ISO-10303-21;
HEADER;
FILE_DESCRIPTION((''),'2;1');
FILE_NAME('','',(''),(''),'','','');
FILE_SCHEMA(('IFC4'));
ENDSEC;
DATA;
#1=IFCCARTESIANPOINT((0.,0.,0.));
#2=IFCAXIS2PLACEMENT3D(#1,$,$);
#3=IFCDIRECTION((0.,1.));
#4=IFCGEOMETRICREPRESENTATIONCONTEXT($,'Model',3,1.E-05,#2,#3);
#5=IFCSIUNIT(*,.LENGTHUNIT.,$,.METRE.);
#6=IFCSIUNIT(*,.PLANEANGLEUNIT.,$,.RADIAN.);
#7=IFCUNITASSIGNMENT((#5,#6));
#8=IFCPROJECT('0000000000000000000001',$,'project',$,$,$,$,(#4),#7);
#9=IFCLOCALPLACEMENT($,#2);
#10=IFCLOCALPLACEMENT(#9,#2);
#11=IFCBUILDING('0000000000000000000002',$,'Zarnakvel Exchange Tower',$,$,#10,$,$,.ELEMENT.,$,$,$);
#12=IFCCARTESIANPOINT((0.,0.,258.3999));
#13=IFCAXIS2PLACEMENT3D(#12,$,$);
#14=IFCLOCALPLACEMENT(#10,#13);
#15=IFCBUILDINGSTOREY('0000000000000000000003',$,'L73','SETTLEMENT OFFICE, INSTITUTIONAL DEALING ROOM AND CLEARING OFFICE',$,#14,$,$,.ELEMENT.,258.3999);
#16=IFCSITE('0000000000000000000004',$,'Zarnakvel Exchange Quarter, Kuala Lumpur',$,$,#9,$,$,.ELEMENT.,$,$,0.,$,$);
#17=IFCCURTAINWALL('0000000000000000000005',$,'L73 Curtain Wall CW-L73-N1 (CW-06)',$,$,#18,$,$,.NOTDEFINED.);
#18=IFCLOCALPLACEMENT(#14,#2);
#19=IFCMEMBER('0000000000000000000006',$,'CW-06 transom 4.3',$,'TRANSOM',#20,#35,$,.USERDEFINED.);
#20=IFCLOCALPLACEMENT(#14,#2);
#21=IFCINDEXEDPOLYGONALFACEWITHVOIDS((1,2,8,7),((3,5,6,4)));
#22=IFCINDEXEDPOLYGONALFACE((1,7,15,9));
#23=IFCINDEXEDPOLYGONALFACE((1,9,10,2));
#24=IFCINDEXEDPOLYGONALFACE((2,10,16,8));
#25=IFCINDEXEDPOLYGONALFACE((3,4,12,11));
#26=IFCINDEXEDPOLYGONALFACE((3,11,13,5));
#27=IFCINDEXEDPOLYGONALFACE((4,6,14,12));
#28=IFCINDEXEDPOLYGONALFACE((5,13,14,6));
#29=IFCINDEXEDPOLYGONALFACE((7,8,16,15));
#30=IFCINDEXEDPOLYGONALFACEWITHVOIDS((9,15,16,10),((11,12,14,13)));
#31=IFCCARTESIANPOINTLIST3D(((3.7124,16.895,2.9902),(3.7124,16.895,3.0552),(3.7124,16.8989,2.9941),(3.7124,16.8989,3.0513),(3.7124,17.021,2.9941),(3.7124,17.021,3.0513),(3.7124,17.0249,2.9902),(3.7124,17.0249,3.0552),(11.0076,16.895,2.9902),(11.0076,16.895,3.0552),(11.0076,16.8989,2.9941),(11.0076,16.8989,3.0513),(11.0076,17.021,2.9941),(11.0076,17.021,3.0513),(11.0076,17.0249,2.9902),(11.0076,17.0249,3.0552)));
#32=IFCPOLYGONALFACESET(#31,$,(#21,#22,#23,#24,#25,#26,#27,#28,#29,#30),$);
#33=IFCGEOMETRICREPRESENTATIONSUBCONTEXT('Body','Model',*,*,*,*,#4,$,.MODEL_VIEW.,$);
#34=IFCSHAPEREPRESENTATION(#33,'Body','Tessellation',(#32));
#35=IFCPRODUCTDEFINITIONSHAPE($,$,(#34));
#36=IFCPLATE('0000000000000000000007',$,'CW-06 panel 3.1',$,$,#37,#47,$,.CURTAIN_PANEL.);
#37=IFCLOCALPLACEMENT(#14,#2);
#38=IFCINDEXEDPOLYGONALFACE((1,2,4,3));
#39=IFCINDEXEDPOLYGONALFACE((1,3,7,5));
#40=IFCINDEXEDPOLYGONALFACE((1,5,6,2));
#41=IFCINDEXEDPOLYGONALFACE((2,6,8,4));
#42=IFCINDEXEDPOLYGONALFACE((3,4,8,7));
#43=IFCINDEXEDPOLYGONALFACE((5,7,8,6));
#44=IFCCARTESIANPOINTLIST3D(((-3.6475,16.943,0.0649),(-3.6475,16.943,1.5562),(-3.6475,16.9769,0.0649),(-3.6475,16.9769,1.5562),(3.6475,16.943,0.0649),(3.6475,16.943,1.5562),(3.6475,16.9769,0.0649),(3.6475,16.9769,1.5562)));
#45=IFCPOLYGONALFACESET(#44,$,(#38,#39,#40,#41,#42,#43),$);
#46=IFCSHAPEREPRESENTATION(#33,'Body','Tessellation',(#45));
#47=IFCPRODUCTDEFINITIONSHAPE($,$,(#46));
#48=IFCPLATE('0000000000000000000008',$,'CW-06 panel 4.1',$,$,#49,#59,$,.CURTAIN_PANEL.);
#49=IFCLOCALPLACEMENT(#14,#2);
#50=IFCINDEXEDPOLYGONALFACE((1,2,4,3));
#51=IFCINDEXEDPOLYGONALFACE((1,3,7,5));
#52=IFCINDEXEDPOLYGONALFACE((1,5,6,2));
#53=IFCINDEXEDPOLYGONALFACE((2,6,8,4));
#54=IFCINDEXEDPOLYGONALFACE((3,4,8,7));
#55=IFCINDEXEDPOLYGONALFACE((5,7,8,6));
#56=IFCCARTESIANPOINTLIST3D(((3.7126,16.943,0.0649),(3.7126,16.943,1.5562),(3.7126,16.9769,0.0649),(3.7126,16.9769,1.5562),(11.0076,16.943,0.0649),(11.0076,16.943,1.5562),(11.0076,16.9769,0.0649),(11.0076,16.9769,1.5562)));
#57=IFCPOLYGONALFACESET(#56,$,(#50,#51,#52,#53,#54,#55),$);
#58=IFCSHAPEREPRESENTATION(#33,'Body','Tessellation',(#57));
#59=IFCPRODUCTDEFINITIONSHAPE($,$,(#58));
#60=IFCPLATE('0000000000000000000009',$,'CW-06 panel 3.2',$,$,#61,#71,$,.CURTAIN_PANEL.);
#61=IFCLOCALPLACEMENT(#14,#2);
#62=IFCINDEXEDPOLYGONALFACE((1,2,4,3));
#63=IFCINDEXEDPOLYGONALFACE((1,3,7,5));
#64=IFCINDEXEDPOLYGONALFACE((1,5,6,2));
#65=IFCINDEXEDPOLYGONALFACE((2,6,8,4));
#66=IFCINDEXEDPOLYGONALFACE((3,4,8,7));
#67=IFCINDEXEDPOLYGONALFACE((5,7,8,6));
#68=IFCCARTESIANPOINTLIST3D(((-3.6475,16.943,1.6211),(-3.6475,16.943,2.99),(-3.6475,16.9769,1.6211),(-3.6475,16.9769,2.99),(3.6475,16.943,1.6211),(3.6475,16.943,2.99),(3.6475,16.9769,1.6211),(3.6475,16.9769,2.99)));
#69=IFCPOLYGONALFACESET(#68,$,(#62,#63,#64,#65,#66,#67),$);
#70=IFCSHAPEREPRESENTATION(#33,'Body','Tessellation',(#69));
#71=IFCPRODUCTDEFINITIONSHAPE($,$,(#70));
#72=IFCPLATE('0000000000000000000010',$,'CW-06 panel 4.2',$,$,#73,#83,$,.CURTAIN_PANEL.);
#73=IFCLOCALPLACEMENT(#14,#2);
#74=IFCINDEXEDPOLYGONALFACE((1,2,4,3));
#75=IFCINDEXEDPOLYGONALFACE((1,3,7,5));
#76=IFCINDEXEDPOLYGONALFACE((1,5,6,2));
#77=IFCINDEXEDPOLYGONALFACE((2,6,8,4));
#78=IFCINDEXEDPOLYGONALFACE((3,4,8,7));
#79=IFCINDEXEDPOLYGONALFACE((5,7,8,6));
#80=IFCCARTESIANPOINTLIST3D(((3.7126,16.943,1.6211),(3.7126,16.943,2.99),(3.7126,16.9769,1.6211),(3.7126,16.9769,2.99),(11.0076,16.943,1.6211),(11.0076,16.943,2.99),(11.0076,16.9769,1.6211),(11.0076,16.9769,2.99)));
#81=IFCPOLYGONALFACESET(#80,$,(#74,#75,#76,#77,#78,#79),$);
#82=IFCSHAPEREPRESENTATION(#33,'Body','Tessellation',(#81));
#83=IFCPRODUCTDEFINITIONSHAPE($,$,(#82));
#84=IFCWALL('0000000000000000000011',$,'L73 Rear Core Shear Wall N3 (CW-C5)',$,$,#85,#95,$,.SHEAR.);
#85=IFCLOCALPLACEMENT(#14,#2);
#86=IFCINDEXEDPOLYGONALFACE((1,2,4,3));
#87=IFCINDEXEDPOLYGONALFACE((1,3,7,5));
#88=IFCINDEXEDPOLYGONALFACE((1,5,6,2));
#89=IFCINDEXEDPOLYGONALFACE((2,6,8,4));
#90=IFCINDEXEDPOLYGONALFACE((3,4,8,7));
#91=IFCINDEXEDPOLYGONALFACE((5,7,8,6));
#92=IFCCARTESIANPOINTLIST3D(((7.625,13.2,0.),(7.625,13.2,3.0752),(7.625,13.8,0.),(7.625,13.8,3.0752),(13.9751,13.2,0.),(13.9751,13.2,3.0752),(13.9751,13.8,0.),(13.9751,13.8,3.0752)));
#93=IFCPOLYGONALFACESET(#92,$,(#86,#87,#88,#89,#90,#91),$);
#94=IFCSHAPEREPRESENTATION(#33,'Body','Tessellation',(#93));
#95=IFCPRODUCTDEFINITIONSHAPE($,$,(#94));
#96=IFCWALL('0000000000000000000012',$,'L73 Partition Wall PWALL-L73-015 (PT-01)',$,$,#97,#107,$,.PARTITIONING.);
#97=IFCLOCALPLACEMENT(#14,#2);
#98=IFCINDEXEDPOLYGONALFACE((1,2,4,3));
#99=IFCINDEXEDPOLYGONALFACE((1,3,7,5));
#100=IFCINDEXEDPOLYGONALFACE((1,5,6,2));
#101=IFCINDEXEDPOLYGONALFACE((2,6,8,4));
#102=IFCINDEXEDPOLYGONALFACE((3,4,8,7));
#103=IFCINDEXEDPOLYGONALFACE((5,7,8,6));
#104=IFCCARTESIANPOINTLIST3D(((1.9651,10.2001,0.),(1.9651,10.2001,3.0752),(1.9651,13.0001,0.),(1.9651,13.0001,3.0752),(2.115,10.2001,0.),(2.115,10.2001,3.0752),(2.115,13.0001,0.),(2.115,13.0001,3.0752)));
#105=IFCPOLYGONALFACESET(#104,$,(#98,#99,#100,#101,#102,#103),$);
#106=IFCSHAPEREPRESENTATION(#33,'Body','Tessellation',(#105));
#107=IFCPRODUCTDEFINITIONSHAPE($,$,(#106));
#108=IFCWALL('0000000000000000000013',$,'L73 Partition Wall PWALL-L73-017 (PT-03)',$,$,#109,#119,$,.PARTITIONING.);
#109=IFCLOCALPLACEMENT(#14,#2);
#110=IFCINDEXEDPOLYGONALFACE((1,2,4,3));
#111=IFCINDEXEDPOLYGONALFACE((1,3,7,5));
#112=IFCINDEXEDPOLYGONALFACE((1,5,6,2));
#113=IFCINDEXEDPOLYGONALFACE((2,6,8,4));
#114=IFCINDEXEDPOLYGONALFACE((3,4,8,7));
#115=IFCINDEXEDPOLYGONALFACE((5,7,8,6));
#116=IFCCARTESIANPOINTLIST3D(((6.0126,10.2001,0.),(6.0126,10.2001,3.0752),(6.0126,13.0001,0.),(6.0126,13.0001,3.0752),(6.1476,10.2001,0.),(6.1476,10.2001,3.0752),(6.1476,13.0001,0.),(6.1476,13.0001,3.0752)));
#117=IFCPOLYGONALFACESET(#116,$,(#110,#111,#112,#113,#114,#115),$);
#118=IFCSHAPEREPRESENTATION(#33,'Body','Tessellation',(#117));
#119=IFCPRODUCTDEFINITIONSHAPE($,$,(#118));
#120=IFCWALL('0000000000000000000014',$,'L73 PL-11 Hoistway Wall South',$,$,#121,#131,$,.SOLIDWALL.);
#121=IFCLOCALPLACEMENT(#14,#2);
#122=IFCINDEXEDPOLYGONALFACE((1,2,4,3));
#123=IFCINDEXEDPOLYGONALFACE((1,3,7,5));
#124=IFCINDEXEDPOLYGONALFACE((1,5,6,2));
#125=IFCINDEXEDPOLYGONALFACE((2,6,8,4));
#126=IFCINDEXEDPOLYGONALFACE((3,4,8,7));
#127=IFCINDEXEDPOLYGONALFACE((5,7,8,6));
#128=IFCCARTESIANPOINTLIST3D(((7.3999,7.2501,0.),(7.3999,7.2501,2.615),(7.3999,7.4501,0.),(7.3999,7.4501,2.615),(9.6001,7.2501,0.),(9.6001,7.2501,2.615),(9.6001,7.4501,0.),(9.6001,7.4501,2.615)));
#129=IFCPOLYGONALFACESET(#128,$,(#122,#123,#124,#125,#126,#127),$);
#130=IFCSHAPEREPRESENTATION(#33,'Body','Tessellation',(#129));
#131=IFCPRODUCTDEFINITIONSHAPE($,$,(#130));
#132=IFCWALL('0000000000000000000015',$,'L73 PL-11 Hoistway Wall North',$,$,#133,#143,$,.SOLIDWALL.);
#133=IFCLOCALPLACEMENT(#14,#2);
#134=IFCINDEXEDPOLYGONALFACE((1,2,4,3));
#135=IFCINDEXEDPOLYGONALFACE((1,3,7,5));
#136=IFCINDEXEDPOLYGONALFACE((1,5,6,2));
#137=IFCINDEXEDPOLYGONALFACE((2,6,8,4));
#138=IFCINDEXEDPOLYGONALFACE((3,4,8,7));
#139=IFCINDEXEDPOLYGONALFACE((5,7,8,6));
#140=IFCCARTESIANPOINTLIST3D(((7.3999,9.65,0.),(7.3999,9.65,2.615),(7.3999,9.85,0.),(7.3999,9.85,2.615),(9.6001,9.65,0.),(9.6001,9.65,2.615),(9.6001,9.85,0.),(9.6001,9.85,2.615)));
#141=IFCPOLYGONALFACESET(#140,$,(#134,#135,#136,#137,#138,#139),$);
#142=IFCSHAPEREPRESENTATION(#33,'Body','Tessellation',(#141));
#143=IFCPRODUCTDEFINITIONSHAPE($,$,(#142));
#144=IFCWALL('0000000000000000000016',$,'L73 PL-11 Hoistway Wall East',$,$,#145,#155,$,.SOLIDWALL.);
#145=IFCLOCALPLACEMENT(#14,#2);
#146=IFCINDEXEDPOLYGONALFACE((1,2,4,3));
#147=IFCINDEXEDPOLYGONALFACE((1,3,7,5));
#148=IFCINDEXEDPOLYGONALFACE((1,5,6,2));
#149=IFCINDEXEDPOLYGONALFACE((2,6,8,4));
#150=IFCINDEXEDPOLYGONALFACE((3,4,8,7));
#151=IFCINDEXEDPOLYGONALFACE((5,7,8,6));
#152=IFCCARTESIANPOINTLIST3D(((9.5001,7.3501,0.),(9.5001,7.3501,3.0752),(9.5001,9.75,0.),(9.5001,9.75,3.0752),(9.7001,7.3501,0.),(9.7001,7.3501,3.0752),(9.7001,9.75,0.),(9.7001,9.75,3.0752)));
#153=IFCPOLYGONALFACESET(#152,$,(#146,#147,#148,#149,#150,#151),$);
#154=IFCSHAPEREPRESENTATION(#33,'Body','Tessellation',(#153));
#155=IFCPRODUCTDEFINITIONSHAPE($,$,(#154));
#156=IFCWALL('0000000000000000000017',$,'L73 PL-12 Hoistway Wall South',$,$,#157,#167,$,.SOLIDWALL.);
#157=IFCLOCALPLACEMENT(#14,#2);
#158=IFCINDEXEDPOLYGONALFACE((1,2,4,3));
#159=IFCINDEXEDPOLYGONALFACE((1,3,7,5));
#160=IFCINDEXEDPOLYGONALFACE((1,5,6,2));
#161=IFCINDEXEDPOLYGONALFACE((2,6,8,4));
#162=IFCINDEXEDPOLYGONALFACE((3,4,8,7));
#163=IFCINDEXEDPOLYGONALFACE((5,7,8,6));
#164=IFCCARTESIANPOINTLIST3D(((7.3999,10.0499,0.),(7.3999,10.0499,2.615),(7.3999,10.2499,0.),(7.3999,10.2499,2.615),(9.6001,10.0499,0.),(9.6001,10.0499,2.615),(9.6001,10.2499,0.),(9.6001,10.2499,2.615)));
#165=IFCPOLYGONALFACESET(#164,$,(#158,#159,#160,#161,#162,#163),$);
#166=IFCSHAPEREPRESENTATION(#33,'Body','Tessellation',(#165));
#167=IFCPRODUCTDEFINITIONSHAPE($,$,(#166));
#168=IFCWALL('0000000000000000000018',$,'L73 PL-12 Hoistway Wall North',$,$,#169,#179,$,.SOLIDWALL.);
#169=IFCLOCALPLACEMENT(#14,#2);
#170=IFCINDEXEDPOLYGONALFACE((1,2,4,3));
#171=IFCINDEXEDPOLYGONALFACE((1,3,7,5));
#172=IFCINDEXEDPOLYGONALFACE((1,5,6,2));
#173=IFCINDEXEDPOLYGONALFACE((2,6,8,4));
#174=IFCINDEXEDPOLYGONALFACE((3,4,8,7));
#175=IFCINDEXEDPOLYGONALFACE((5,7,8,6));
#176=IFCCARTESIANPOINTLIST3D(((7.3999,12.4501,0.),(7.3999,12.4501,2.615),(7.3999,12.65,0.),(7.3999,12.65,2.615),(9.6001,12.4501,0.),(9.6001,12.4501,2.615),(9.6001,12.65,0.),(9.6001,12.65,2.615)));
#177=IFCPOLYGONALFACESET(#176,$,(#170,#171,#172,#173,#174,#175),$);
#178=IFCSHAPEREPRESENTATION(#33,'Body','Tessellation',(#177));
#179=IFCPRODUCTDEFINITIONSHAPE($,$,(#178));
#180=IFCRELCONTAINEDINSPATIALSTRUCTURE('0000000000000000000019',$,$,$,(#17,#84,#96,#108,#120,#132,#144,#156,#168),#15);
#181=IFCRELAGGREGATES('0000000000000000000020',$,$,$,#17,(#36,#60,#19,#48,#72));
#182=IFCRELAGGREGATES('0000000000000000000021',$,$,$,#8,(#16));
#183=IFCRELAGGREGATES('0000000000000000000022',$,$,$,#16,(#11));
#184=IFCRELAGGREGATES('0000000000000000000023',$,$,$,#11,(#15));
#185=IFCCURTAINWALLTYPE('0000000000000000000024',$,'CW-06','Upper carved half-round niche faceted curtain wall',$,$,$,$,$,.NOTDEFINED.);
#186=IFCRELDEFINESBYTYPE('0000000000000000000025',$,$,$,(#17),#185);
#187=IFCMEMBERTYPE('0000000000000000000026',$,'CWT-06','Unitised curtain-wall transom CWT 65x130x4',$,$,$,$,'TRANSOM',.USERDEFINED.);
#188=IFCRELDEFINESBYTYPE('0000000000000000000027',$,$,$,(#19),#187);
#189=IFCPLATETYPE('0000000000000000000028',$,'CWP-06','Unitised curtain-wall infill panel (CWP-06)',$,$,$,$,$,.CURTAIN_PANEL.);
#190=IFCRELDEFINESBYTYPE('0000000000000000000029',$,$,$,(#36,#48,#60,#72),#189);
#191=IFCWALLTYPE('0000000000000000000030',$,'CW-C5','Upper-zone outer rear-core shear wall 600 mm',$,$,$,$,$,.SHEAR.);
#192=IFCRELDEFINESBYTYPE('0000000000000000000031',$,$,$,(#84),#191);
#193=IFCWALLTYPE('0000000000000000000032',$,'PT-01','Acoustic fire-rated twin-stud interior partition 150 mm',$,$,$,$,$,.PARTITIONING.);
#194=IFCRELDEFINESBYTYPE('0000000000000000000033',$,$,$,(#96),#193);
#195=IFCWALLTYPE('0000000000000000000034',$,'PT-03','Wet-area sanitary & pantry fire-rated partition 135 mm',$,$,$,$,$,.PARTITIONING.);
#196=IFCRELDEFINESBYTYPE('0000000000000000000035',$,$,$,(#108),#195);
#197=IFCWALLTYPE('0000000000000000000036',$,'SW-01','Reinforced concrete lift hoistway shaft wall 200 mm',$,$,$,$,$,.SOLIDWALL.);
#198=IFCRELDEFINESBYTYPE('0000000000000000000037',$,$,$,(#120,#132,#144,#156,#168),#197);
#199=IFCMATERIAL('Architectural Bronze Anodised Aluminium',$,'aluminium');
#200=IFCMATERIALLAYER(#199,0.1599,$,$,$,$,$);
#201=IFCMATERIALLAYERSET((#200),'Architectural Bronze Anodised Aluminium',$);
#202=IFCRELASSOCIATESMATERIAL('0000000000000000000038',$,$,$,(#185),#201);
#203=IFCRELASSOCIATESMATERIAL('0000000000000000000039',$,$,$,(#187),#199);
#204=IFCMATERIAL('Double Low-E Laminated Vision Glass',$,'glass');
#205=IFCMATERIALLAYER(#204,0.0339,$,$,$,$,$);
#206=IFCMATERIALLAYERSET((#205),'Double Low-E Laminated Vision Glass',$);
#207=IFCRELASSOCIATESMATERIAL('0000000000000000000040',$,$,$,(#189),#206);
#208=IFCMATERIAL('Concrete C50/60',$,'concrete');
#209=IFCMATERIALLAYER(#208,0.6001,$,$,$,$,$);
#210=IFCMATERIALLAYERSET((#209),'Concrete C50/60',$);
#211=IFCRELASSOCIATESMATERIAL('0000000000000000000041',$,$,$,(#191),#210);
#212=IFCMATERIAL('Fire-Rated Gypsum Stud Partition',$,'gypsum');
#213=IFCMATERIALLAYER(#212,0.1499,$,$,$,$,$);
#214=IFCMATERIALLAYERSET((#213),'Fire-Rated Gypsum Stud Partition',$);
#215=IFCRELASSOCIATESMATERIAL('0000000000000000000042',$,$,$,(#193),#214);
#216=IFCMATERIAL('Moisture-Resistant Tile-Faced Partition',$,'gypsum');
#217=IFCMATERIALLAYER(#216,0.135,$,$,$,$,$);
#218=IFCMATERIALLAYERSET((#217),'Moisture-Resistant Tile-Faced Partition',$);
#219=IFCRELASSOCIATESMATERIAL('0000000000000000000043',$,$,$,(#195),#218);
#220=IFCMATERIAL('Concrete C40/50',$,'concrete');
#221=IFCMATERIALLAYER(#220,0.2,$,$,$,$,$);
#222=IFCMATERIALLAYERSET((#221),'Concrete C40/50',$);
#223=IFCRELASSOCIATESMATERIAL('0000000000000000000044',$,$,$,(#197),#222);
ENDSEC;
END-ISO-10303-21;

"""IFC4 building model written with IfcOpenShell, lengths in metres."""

from ifc_helpers import new_model, si_unit, direction, frame, frame_2d, origin, origin_2d, place, context, subcontext, project, spatial, rectangle, hollow_rectangle, extrude, source, transform, mapped, material, layer, layer_set, material_profile, profile_set, type_object, element, aggregate, save


model = new_model("IFC4")

# Units and contexts
model_context = context("Model", 3, precision=1e-05, world=origin(), true_north=direction((0.0, 1.0)))
body_context = subcontext(model_context, "Body", "Model", "MODEL_VIEW")
ifc_project = project(units=[si_unit("LENGTHUNIT", "METRE"), si_unit("PLANEANGLEUNIT", "RADIAN")], contexts=[model_context])

# Site, building, storey
site_placement = place(None, origin())
site = spatial("IfcSite", under=ifc_project, at=site_placement, Name="Zarnakvel Exchange Quarter, Kuala Lumpur", CompositionType="ELEMENT", RefElevation=0.0)
building_placement = place(site_placement, origin())
building = spatial("IfcBuilding", under=site, at=building_placement, Name="Zarnakvel Exchange Tower", CompositionType="ELEMENT")
storey_placement = place(building_placement, frame((0.0, 0.0, 258.3999)))
storey = spatial("IfcBuildingStorey", under=building, at=storey_placement, Name="L73", Description="SETTLEMENT OFFICE, INSTITUTIONAL DEALING ROOM AND CLEARING OFFICE", CompositionType="ELEMENT", Elevation=258.3999)

# Shared definitions
ifc_material_1 = material(Name="Concrete C50/60", Category="concrete")

# Curtain wall, member, plates
ifc_material_2 = material(Name="Architectural Bronze Anodised Aluminium", Category="aluminium")
ifc_layer_1 = layer(ifc_material_2, 0.1599)
ifc_layer_set_1 = layer_set([ifc_layer_1], Name="Architectural Bronze Anodised Aluminium")
curtain_wall_type = type_object("IfcCurtainWallType", Name="CW-06", Description="Upper carved half-round niche faceted curtain wall", PredefinedType="NOTDEFINED", material=ifc_layer_set_1)
curtain_wall_placement = place(storey_placement, origin())
curtain_wall = element("IfcCurtainWall", 1, at=curtain_wall_placement, inside=storey, type_object=curtain_wall_type, Name="L73 Curtain Wall CW-L73-N1 (CW-06)", PredefinedType="NOTDEFINED")
ifc_material_profile_1 = material_profile(ifc_material_2, hollow_rectangle(XDim=0.1299, YDim=0.0649, WallThickness=0.0039, at=origin_2d()))
ifc_profile_set_1 = profile_set([ifc_material_profile_1], Name="Architectural Bronze Anodised Aluminium")
member_type_1 = type_object("IfcMemberType", Name="CWT-06", Description="Unitised curtain-wall transom CWT 65x130x4", ElementType="TRANSOM", PredefinedType="USERDEFINED", material=ifc_profile_set_1)
shared_shape_1 = source(origin(), body_context, "Body", "SweptSolid", [
    extrude(hollow_rectangle(XDim=0.1299, YDim=0.0649, WallThickness=0.0039, at=origin_2d()), origin(), (0.0, 0.0, 1.0), 7.2952),
])
member_1_placement = place(storey_placement, frame((3.7124, 16.96, 3.0227), z_axis=(1.0, 0.0, 0.0), x_axis=(0.0, 1.0, 0.0)))
member_1 = element("IfcMember", 2, at=member_1_placement, type_object=member_type_1, Name="CW-06 transom 4.3", ObjectType="TRANSOM", PredefinedType="USERDEFINED", context=body_context, shape_type="MappedRepresentation", body=[
    mapped(shared_shape_1, transform((0.0, 0.0, 0.0), x_axis=(1.0, 0.0, 0.0), y_axis=(0.0, 1.0, 0.0), z_axis=(0.0, 0.0, 1.0), scale=1.0)),
])
ifc_material_3 = material(Name="Double Low-E Laminated Vision Glass", Category="glass")
ifc_layer_2 = layer(ifc_material_3, 0.0339)
ifc_layer_set_2 = layer_set([ifc_layer_2], Name="Double Low-E Laminated Vision Glass")
plate_type = type_object("IfcPlateType", Name="CWP-06", Description="Unitised curtain-wall infill panel (CWP-06)", PredefinedType="CURTAIN_PANEL", material=ifc_layer_set_2)
shared_shape_2 = source(origin(), body_context, "Body", "SweptSolid", [
    extrude(rectangle(XDim=7.2949, YDim=0.0339, at=origin_2d()), origin(), (0.0, 0.0, 1.0), 1.4912),
])
plate_1_placement = place(storey_placement, frame((0.0, 16.96, 0.0649), z_axis=(0.0, 0.0, 1.0), x_axis=(1.0, 0.0, 0.0)))
plate_1 = element("IfcPlate", 3, at=plate_1_placement, type_object=plate_type, Name="CW-06 panel 3.1", PredefinedType="CURTAIN_PANEL", context=body_context, shape_type="MappedRepresentation", body=[
    mapped(shared_shape_2, transform((0.0, 0.0, 0.0), x_axis=(1.0, 0.0, 0.0), y_axis=(0.0, 1.0, 0.0), z_axis=(0.0, 0.0, 1.0), scale=1.0)),
])
plate_2_placement = place(storey_placement, frame((7.3601, 16.96, 0.0649), z_axis=(0.0, 0.0, 1.0), x_axis=(1.0, 0.0, 0.0)))
plate_2 = element("IfcPlate", 4, at=plate_2_placement, type_object=plate_type, Name="CW-06 panel 4.1", PredefinedType="CURTAIN_PANEL", context=body_context, shape_type="MappedRepresentation", body=[
    mapped(shared_shape_2, transform((0.0, 0.0, 0.0), x_axis=(1.0, 0.0, 0.0), y_axis=(0.0, 1.0, 0.0), z_axis=(0.0, 0.0, 1.0), scale=1.0)),
])
shared_shape_3 = source(origin(), body_context, "Body", "SweptSolid", [
    extrude(rectangle(XDim=7.2949, YDim=0.0339, at=origin_2d()), origin(), (0.0, 0.0, 1.0), 1.3689),
])
plate_3_placement = place(storey_placement, frame((0.0, 16.96, 1.6211), z_axis=(0.0, 0.0, 1.0), x_axis=(1.0, 0.0, 0.0)))
plate_3 = element("IfcPlate", 5, at=plate_3_placement, type_object=plate_type, Name="CW-06 panel 3.2", PredefinedType="CURTAIN_PANEL", context=body_context, shape_type="MappedRepresentation", body=[
    mapped(shared_shape_3, transform((0.0, 0.0, 0.0), x_axis=(1.0, 0.0, 0.0), y_axis=(0.0, 1.0, 0.0), z_axis=(0.0, 0.0, 1.0), scale=1.0)),
])
plate_4_placement = place(storey_placement, frame((7.3601, 16.96, 1.6211), z_axis=(0.0, 0.0, 1.0), x_axis=(1.0, 0.0, 0.0)))
plate_4 = element("IfcPlate", 6, at=plate_4_placement, type_object=plate_type, Name="CW-06 panel 4.2", PredefinedType="CURTAIN_PANEL", context=body_context, shape_type="MappedRepresentation", body=[
    mapped(shared_shape_3, transform((0.0, 0.0, 0.0), x_axis=(1.0, 0.0, 0.0), y_axis=(0.0, 1.0, 0.0), z_axis=(0.0, 0.0, 1.0), scale=1.0)),
])
aggregate(curtain_wall, [plate_1, plate_3, member_1, plate_2, plate_4])

# Wall
ifc_layer_3 = layer(ifc_material_1, 0.6001)
ifc_layer_set_3 = layer_set([ifc_layer_3], Name="Concrete C50/60")
wall_type_1 = type_object("IfcWallType", Name="CW-C5", Description="Upper-zone outer rear-core shear wall 600 mm", PredefinedType="SHEAR", material=ifc_layer_set_3)
wall_1_placement = place(storey_placement, frame((7.625, 13.5, 0.0), z_axis=(0.0, 0.0, 1.0), x_axis=(1.0, 0.0, 0.0)))
element("IfcWall", 7, at=wall_1_placement, inside=storey, type_object=wall_type_1, Name="L73 Rear Core Shear Wall N3 (CW-C5)", PredefinedType="SHEAR", context=body_context, shape_type="SweptSolid", body=[
    extrude(rectangle(XDim=6.3501, YDim=0.6001, at=frame_2d((3.175, 0.0))), origin(), (0.0, 0.0, 1.0), 3.0752),
])

# Shared definitions
ifc_material_4 = material(Name="Fire-Rated Gypsum Stud Partition", Category="gypsum")
ifc_layer_4 = layer(ifc_material_4, 0.1499)
ifc_layer_set_4 = layer_set([ifc_layer_4], Name="Fire-Rated Gypsum Stud Partition")
wall_type_2 = type_object("IfcWallType", Name="PT-01", Description="Acoustic fire-rated twin-stud interior partition 150 mm", PredefinedType="PARTITIONING", material=ifc_layer_set_4)

# Wall
wall_2_placement = place(storey_placement, frame((2.04, 13.0, 0.0), z_axis=(0.0, 0.0, 1.0), x_axis=(0.0, -1.0, 0.0)))
element("IfcWall", 8, at=wall_2_placement, inside=storey, type_object=wall_type_2, Name="L73 Partition Wall PWALL-L73-015 (PT-01)", PredefinedType="PARTITIONING", context=body_context, shape_type="SweptSolid", body=[
    extrude(rectangle(XDim=2.8, YDim=0.1499, at=frame_2d((1.3999, 0.0))), origin(), (0.0, 0.0, 1.0), 3.0752),
])

# Shared definitions
ifc_material_5 = material(Name="Moisture-Resistant Tile-Faced Partition", Category="gypsum")
ifc_layer_5 = layer(ifc_material_5, 0.135)
ifc_layer_set_5 = layer_set([ifc_layer_5], Name="Moisture-Resistant Tile-Faced Partition")
wall_type_3 = type_object("IfcWallType", Name="PT-03", Description="Wet-area sanitary & pantry fire-rated partition 135 mm", PredefinedType="PARTITIONING", material=ifc_layer_set_5)

# Walls
wall_3_placement = place(storey_placement, frame((6.0801, 13.0, 0.0), z_axis=(0.0, 0.0, 1.0), x_axis=(0.0, -1.0, 0.0)))
element("IfcWall", 9, at=wall_3_placement, inside=storey, type_object=wall_type_3, Name="L73 Partition Wall PWALL-L73-017 (PT-03)", PredefinedType="PARTITIONING", context=body_context, shape_type="SweptSolid", body=[
    extrude(rectangle(XDim=2.8, YDim=0.135, at=frame_2d((1.3999, 0.0))), origin(), (0.0, 0.0, 1.0), 3.0752),
])
ifc_material_6 = material(Name="Concrete C40/50", Category="concrete")
ifc_layer_6 = layer(ifc_material_6, 0.2)
ifc_layer_set_6 = layer_set([ifc_layer_6], Name="Concrete C40/50")
wall_type_4 = type_object("IfcWallType", Name="SW-01", Description="Reinforced concrete lift hoistway shaft wall 200 mm", PredefinedType="SOLIDWALL", material=ifc_layer_set_6)
for number, where, z_axis, x_axis, name in (
    (10, (9.6001, 7.3501, 0.0), (0.0, 0.0, 1.0), (-1.0, 0.0, 0.0), "L73 PL-11 Hoistway Wall South"),
    (11, (7.3999, 9.75, 0.0), (0.0, 0.0, 1.0), (1.0, 0.0, 0.0), "L73 PL-11 Hoistway Wall North"),
):
    element("IfcWall", number, at=place(storey_placement, frame(where, z_axis=z_axis, x_axis=x_axis)), inside=storey, type_object=wall_type_4, Name=name, PredefinedType="SOLIDWALL", context=body_context, shape_type="SweptSolid", body=[
        extrude(rectangle(XDim=2.2002, YDim=0.2, at=frame_2d((1.1001, 0.0))), origin(), (0.0, 0.0, 1.0), 2.615),
    ])
wall_4_placement = place(storey_placement, frame((9.6001, 9.75, 0.0), z_axis=(0.0, 0.0, 1.0), x_axis=(0.0, -1.0, 0.0)))
element("IfcWall", 12, at=wall_4_placement, inside=storey, type_object=wall_type_4, Name="L73 PL-11 Hoistway Wall East", PredefinedType="SOLIDWALL", context=body_context, shape_type="SweptSolid", body=[
    extrude(rectangle(XDim=2.3999, YDim=0.2, at=frame_2d((1.2, 0.0))), origin(), (0.0, 0.0, 1.0), 3.0752),
])
for number, where, z_axis, x_axis, name in (
    (13, (9.6001, 10.1499, 0.0), (0.0, 0.0, 1.0), (-1.0, 0.0, 0.0), "L73 PL-12 Hoistway Wall South"),
    (14, (7.3999, 12.55, 0.0), (0.0, 0.0, 1.0), (1.0, 0.0, 0.0), "L73 PL-12 Hoistway Wall North"),
):
    element("IfcWall", number, at=place(storey_placement, frame(where, z_axis=z_axis, x_axis=x_axis)), inside=storey, type_object=wall_type_4, Name=name, PredefinedType="SOLIDWALL", context=body_context, shape_type="SweptSolid", body=[
        extrude(rectangle(XDim=2.2002, YDim=0.2, at=frame_2d((1.1001, 0.0))), origin(), (0.0, 0.0, 1.0), 2.615),
    ])

save(model, "model.ifc")
